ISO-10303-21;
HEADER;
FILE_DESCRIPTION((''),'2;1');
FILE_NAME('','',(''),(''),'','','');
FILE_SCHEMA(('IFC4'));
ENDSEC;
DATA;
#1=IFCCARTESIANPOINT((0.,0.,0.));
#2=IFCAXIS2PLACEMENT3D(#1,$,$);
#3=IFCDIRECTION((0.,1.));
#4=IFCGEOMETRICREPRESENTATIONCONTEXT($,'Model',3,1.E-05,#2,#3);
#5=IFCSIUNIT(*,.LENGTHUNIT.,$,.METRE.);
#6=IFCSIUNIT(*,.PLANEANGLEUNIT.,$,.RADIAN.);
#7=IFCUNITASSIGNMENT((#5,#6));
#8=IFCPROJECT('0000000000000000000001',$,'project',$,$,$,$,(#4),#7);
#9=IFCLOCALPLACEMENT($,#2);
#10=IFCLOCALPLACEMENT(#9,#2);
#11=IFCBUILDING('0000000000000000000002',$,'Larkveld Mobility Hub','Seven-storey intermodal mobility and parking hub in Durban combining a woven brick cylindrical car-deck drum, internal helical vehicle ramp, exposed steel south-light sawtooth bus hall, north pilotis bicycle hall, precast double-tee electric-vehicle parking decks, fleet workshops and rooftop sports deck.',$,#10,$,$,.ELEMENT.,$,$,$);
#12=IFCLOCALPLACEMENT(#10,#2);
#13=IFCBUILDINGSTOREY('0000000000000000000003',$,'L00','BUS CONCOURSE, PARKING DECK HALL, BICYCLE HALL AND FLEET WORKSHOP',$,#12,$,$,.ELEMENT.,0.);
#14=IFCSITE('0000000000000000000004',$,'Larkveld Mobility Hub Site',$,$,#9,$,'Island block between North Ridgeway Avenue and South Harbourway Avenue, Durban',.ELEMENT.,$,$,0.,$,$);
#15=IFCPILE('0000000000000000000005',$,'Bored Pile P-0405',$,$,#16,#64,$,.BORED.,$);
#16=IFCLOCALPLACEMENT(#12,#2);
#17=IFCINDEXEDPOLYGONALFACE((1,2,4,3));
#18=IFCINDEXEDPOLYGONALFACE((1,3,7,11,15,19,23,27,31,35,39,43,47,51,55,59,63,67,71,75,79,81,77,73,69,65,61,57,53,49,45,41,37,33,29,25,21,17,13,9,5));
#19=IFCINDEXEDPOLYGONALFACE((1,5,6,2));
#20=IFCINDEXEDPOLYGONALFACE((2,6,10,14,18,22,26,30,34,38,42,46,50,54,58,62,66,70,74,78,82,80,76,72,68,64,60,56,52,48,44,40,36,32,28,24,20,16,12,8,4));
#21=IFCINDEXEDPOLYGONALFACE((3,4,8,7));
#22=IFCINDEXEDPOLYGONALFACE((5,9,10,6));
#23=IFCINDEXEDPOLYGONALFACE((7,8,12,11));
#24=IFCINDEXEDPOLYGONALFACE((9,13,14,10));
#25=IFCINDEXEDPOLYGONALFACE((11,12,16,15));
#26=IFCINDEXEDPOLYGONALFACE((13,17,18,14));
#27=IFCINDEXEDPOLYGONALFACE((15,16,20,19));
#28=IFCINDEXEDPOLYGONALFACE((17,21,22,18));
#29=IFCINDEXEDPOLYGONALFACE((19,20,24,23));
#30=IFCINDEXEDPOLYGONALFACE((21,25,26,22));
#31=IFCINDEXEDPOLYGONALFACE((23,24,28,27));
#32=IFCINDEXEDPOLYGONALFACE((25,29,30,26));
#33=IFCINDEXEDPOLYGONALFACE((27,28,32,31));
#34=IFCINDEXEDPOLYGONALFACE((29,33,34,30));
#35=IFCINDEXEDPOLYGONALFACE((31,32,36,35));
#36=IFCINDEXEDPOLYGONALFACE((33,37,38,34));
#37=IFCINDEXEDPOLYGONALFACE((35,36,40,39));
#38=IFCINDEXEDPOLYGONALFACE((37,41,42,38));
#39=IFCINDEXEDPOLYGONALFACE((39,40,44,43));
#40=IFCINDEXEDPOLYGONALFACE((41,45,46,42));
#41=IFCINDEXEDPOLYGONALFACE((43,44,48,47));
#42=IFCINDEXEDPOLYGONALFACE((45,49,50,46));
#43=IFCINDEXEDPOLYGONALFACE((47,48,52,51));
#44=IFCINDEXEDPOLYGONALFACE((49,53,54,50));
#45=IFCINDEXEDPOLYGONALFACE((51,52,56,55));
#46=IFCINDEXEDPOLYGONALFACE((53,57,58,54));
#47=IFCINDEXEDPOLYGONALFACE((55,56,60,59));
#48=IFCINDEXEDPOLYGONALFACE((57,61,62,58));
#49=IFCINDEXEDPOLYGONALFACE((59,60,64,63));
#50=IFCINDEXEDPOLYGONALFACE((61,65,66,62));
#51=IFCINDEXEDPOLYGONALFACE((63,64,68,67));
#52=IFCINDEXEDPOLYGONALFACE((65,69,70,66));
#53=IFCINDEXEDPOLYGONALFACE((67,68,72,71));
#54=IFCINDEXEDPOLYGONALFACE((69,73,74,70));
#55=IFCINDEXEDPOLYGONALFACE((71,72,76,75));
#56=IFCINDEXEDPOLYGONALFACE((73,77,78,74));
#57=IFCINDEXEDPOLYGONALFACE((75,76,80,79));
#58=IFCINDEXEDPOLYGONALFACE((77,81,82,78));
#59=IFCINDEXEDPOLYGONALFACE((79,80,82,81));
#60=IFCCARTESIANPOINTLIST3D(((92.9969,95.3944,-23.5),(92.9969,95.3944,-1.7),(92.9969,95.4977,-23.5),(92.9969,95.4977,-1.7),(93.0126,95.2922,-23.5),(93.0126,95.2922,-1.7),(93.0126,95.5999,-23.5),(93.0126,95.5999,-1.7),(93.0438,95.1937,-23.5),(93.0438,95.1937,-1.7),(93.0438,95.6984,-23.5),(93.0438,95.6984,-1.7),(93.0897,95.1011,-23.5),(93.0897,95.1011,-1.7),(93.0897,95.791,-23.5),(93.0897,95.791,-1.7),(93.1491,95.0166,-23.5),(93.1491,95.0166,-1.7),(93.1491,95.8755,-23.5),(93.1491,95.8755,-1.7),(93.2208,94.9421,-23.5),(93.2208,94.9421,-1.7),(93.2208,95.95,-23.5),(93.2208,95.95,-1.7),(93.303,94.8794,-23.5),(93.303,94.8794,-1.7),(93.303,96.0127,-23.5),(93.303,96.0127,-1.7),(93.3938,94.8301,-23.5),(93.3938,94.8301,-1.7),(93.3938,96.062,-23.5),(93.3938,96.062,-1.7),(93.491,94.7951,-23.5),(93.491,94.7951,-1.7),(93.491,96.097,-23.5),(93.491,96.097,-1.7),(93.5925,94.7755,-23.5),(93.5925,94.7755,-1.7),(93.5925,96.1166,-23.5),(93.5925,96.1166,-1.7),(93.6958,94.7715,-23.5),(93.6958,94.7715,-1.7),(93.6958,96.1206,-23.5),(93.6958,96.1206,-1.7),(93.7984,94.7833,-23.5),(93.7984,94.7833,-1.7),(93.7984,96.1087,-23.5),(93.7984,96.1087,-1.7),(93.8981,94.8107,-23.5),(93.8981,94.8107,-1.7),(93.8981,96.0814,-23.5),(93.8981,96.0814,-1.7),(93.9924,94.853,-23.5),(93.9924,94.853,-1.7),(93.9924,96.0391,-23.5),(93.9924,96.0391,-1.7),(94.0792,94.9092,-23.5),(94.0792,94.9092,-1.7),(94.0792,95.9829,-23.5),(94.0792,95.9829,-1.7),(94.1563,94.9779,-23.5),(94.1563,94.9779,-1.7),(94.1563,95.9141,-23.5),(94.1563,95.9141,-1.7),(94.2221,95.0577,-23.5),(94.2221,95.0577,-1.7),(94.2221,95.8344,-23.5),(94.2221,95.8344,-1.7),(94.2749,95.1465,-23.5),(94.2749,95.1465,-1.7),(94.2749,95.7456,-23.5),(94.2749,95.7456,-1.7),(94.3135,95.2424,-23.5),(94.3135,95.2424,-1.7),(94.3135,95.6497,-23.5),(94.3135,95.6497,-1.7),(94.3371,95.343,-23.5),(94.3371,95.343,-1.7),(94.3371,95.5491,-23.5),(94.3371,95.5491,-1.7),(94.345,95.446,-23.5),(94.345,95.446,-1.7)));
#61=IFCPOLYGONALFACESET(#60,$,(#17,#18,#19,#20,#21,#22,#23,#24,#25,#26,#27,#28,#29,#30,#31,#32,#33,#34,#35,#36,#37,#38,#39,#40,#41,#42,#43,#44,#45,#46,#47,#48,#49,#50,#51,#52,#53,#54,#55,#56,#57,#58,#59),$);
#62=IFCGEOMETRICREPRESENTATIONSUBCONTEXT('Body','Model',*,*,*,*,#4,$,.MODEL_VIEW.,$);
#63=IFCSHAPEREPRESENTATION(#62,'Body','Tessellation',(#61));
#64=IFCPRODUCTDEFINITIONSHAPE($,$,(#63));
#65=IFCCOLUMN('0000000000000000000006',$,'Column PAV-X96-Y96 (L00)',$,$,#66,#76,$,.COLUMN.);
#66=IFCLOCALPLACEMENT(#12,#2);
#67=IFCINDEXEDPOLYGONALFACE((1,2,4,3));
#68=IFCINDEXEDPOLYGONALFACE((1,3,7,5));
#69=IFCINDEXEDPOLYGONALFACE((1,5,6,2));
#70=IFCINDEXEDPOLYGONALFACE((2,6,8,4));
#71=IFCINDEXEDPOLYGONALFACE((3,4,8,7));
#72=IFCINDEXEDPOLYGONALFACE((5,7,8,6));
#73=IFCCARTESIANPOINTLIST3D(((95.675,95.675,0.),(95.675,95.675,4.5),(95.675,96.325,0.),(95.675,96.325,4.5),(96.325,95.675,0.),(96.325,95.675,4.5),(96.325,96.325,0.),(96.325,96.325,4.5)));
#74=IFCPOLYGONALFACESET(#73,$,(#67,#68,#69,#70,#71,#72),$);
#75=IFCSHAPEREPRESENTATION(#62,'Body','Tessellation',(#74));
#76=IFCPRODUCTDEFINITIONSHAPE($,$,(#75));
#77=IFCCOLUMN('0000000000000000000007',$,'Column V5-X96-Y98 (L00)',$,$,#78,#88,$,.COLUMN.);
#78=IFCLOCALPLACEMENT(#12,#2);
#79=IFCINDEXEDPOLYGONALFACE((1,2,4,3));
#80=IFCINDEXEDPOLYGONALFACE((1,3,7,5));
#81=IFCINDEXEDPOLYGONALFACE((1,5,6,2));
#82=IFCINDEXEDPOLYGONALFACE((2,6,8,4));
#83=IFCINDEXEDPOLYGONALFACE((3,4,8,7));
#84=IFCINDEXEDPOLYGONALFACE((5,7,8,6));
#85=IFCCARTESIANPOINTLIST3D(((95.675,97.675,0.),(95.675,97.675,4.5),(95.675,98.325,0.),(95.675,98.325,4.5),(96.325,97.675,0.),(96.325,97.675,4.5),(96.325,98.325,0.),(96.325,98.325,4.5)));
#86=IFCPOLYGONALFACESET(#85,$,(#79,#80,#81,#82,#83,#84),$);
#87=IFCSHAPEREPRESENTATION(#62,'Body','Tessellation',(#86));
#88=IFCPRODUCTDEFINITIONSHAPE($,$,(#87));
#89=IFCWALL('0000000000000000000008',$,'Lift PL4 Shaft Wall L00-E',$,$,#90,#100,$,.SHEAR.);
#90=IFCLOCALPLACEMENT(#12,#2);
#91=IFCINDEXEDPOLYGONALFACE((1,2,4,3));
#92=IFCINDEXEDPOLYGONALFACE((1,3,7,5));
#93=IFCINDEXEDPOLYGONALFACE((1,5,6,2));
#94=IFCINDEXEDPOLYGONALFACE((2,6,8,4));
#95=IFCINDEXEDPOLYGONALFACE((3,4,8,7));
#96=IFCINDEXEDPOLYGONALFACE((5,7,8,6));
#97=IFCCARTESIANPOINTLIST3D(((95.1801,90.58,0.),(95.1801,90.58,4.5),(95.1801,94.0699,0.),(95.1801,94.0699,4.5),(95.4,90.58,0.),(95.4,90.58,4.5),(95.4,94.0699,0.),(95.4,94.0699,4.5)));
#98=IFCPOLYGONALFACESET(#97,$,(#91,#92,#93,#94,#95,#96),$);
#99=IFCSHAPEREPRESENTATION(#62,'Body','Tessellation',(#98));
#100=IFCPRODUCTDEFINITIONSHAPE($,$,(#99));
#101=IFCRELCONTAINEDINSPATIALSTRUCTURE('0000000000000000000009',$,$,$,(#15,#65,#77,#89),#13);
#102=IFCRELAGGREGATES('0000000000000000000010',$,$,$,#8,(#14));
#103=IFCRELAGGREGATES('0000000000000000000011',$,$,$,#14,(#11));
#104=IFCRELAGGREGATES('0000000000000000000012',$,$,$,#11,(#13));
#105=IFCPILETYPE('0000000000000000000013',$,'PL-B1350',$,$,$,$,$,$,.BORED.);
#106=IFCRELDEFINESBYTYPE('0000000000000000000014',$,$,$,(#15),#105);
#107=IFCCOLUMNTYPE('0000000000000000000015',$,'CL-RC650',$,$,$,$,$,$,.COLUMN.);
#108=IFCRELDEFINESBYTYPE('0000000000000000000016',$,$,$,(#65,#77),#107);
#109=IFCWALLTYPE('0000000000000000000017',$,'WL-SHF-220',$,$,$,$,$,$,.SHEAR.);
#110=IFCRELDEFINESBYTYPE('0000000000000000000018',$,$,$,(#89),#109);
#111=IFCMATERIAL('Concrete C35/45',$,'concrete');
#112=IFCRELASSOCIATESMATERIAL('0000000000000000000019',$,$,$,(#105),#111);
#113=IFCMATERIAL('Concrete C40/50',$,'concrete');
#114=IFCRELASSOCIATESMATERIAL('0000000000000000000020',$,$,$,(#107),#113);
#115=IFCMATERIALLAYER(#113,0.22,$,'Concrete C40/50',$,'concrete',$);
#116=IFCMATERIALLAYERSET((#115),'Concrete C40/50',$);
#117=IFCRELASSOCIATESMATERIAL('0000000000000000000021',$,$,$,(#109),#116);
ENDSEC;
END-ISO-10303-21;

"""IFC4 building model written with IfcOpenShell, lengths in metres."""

from ifc_helpers import new_model, si_unit, direction, frame, frame_2d, origin, origin_2d, place, context, subcontext, project, spatial, rectangle, circle, extrude, material, layer, layer_set, material_profile, profile_set, type_object, element, save


model = new_model("IFC4")

# Units and contexts
model_context = context("Model", 3, precision=1e-05, world=origin(), true_north=direction((0.0, 1.0)))
body_context = subcontext(model_context, "Body", "Model", "MODEL_VIEW")
ifc_project = project(units=[si_unit("LENGTHUNIT", "METRE"), si_unit("PLANEANGLEUNIT", "RADIAN")], contexts=[model_context])

# Site, building, storey
site_placement = place(None, origin())
site = spatial("IfcSite", under=ifc_project, at=site_placement, Name="Larkveld Mobility Hub Site", LongName="Island block between North Ridgeway Avenue and South Harbourway Avenue, Durban", CompositionType="ELEMENT", RefElevation=0.0)
building_placement = place(site_placement, origin())
building = spatial("IfcBuilding", under=site, at=building_placement, Name="Larkveld Mobility Hub", Description="Seven-storey intermodal mobility and parking hub in Durban combining a woven brick cylindrical car-deck drum, internal helical vehicle ramp, exposed steel south-light sawtooth bus hall, north pilotis bicycle hall, precast double-tee electric-vehicle parking decks, fleet workshops and rooftop sports deck.", CompositionType="ELEMENT")
storey_placement = place(building_placement, origin())
storey = spatial("IfcBuildingStorey", under=building, at=storey_placement, Name="L00", Description="BUS CONCOURSE, PARKING DECK HALL, BICYCLE HALL AND FLEET WORKSHOP", CompositionType="ELEMENT", Elevation=0.0)

# Pile
ifc_material_1 = material(Name="Concrete C35/45", Category="concrete")
ifc_material_profile_1 = material_profile(ifc_material_1, circle(Radius=0.675, at=origin_2d()), Name="PILE D1350")
ifc_profile_set_1 = profile_set([ifc_material_profile_1], Name="Concrete C35/45")
pile_type = type_object("IfcPileType", Name="PL-B1350", PredefinedType="BORED", material=ifc_profile_set_1)
pile_placement = place(storey_placement, frame((93.6699, 95.446, -1.7), z_axis=(0.0, 0.0, -1.0), x_axis=(1.0, 0.0, 0.0)))
element("IfcPile", 1, at=pile_placement, inside=storey, type_object=pile_type, Name="Bored Pile P-0405", PredefinedType="BORED", context=body_context, shape_type="SweptSolid", body=[
    extrude(circle(Radius=0.675, at=origin_2d()), origin(), (0.0, 0.0, 1.0), 21.8),
])

# Columns
ifc_material_2 = material(Name="Concrete C40/50", Category="concrete")
ifc_material_profile_2 = material_profile(ifc_material_2, rectangle(XDim=0.6499, YDim=0.6499, at=origin_2d()), Name="RC COL 650x650")
ifc_profile_set_2 = profile_set([ifc_material_profile_2], Name="Concrete C40/50")
column_type = type_object("IfcColumnType", Name="CL-RC650", PredefinedType="COLUMN", material=ifc_profile_set_2)
for number, where, z_axis, x_axis, name in (
    (2, (96.0, 96.0, 0.0), (0.0, 0.0, 1.0), (1.0, 0.0, 0.0), "Column PAV-X96-Y96 (L00)"),
    (3, (96.0, 98.0, 0.0), (0.0, 0.0, 1.0), (1.0, 0.0, 0.0), "Column V5-X96-Y98 (L00)"),
):
    element("IfcColumn", number, at=place(storey_placement, frame(where, z_axis=z_axis, x_axis=x_axis)), inside=storey, type_object=column_type, Name=name, PredefinedType="COLUMN", context=body_context, shape_type="SweptSolid", body=[
        extrude(rectangle(XDim=0.6499, YDim=0.6499, at=origin_2d()), origin(), (0.0, 0.0, 1.0), 4.5),
    ])

# Wall
ifc_layer_1 = layer(ifc_material_2, 0.22, Name="Concrete C40/50", Category="concrete")
ifc_layer_set_1 = layer_set([ifc_layer_1], Name="Concrete C40/50")
wall_type_1 = type_object("IfcWallType", Name="WL-SHF-220", PredefinedType="SHEAR", material=ifc_layer_set_1)
wall_1_placement = place(storey_placement, frame((95.29, 94.0701, 0.0), z_axis=(0.0, 0.0, 1.0), x_axis=(0.0, -1.0, 0.0)))
element("IfcWall", 4, at=wall_1_placement, inside=storey, type_object=wall_type_1, Name="Lift PL4 Shaft Wall L00-E", PredefinedType="SHEAR", context=body_context, shape_type="SweptSolid", body=[
    extrude(rectangle(XDim=3.49, YDim=0.22, at=frame_2d((1.7451, 0.0))), origin(), (0.0, 0.0, 1.0), 4.5),
])

save(model, "model.ifc")
